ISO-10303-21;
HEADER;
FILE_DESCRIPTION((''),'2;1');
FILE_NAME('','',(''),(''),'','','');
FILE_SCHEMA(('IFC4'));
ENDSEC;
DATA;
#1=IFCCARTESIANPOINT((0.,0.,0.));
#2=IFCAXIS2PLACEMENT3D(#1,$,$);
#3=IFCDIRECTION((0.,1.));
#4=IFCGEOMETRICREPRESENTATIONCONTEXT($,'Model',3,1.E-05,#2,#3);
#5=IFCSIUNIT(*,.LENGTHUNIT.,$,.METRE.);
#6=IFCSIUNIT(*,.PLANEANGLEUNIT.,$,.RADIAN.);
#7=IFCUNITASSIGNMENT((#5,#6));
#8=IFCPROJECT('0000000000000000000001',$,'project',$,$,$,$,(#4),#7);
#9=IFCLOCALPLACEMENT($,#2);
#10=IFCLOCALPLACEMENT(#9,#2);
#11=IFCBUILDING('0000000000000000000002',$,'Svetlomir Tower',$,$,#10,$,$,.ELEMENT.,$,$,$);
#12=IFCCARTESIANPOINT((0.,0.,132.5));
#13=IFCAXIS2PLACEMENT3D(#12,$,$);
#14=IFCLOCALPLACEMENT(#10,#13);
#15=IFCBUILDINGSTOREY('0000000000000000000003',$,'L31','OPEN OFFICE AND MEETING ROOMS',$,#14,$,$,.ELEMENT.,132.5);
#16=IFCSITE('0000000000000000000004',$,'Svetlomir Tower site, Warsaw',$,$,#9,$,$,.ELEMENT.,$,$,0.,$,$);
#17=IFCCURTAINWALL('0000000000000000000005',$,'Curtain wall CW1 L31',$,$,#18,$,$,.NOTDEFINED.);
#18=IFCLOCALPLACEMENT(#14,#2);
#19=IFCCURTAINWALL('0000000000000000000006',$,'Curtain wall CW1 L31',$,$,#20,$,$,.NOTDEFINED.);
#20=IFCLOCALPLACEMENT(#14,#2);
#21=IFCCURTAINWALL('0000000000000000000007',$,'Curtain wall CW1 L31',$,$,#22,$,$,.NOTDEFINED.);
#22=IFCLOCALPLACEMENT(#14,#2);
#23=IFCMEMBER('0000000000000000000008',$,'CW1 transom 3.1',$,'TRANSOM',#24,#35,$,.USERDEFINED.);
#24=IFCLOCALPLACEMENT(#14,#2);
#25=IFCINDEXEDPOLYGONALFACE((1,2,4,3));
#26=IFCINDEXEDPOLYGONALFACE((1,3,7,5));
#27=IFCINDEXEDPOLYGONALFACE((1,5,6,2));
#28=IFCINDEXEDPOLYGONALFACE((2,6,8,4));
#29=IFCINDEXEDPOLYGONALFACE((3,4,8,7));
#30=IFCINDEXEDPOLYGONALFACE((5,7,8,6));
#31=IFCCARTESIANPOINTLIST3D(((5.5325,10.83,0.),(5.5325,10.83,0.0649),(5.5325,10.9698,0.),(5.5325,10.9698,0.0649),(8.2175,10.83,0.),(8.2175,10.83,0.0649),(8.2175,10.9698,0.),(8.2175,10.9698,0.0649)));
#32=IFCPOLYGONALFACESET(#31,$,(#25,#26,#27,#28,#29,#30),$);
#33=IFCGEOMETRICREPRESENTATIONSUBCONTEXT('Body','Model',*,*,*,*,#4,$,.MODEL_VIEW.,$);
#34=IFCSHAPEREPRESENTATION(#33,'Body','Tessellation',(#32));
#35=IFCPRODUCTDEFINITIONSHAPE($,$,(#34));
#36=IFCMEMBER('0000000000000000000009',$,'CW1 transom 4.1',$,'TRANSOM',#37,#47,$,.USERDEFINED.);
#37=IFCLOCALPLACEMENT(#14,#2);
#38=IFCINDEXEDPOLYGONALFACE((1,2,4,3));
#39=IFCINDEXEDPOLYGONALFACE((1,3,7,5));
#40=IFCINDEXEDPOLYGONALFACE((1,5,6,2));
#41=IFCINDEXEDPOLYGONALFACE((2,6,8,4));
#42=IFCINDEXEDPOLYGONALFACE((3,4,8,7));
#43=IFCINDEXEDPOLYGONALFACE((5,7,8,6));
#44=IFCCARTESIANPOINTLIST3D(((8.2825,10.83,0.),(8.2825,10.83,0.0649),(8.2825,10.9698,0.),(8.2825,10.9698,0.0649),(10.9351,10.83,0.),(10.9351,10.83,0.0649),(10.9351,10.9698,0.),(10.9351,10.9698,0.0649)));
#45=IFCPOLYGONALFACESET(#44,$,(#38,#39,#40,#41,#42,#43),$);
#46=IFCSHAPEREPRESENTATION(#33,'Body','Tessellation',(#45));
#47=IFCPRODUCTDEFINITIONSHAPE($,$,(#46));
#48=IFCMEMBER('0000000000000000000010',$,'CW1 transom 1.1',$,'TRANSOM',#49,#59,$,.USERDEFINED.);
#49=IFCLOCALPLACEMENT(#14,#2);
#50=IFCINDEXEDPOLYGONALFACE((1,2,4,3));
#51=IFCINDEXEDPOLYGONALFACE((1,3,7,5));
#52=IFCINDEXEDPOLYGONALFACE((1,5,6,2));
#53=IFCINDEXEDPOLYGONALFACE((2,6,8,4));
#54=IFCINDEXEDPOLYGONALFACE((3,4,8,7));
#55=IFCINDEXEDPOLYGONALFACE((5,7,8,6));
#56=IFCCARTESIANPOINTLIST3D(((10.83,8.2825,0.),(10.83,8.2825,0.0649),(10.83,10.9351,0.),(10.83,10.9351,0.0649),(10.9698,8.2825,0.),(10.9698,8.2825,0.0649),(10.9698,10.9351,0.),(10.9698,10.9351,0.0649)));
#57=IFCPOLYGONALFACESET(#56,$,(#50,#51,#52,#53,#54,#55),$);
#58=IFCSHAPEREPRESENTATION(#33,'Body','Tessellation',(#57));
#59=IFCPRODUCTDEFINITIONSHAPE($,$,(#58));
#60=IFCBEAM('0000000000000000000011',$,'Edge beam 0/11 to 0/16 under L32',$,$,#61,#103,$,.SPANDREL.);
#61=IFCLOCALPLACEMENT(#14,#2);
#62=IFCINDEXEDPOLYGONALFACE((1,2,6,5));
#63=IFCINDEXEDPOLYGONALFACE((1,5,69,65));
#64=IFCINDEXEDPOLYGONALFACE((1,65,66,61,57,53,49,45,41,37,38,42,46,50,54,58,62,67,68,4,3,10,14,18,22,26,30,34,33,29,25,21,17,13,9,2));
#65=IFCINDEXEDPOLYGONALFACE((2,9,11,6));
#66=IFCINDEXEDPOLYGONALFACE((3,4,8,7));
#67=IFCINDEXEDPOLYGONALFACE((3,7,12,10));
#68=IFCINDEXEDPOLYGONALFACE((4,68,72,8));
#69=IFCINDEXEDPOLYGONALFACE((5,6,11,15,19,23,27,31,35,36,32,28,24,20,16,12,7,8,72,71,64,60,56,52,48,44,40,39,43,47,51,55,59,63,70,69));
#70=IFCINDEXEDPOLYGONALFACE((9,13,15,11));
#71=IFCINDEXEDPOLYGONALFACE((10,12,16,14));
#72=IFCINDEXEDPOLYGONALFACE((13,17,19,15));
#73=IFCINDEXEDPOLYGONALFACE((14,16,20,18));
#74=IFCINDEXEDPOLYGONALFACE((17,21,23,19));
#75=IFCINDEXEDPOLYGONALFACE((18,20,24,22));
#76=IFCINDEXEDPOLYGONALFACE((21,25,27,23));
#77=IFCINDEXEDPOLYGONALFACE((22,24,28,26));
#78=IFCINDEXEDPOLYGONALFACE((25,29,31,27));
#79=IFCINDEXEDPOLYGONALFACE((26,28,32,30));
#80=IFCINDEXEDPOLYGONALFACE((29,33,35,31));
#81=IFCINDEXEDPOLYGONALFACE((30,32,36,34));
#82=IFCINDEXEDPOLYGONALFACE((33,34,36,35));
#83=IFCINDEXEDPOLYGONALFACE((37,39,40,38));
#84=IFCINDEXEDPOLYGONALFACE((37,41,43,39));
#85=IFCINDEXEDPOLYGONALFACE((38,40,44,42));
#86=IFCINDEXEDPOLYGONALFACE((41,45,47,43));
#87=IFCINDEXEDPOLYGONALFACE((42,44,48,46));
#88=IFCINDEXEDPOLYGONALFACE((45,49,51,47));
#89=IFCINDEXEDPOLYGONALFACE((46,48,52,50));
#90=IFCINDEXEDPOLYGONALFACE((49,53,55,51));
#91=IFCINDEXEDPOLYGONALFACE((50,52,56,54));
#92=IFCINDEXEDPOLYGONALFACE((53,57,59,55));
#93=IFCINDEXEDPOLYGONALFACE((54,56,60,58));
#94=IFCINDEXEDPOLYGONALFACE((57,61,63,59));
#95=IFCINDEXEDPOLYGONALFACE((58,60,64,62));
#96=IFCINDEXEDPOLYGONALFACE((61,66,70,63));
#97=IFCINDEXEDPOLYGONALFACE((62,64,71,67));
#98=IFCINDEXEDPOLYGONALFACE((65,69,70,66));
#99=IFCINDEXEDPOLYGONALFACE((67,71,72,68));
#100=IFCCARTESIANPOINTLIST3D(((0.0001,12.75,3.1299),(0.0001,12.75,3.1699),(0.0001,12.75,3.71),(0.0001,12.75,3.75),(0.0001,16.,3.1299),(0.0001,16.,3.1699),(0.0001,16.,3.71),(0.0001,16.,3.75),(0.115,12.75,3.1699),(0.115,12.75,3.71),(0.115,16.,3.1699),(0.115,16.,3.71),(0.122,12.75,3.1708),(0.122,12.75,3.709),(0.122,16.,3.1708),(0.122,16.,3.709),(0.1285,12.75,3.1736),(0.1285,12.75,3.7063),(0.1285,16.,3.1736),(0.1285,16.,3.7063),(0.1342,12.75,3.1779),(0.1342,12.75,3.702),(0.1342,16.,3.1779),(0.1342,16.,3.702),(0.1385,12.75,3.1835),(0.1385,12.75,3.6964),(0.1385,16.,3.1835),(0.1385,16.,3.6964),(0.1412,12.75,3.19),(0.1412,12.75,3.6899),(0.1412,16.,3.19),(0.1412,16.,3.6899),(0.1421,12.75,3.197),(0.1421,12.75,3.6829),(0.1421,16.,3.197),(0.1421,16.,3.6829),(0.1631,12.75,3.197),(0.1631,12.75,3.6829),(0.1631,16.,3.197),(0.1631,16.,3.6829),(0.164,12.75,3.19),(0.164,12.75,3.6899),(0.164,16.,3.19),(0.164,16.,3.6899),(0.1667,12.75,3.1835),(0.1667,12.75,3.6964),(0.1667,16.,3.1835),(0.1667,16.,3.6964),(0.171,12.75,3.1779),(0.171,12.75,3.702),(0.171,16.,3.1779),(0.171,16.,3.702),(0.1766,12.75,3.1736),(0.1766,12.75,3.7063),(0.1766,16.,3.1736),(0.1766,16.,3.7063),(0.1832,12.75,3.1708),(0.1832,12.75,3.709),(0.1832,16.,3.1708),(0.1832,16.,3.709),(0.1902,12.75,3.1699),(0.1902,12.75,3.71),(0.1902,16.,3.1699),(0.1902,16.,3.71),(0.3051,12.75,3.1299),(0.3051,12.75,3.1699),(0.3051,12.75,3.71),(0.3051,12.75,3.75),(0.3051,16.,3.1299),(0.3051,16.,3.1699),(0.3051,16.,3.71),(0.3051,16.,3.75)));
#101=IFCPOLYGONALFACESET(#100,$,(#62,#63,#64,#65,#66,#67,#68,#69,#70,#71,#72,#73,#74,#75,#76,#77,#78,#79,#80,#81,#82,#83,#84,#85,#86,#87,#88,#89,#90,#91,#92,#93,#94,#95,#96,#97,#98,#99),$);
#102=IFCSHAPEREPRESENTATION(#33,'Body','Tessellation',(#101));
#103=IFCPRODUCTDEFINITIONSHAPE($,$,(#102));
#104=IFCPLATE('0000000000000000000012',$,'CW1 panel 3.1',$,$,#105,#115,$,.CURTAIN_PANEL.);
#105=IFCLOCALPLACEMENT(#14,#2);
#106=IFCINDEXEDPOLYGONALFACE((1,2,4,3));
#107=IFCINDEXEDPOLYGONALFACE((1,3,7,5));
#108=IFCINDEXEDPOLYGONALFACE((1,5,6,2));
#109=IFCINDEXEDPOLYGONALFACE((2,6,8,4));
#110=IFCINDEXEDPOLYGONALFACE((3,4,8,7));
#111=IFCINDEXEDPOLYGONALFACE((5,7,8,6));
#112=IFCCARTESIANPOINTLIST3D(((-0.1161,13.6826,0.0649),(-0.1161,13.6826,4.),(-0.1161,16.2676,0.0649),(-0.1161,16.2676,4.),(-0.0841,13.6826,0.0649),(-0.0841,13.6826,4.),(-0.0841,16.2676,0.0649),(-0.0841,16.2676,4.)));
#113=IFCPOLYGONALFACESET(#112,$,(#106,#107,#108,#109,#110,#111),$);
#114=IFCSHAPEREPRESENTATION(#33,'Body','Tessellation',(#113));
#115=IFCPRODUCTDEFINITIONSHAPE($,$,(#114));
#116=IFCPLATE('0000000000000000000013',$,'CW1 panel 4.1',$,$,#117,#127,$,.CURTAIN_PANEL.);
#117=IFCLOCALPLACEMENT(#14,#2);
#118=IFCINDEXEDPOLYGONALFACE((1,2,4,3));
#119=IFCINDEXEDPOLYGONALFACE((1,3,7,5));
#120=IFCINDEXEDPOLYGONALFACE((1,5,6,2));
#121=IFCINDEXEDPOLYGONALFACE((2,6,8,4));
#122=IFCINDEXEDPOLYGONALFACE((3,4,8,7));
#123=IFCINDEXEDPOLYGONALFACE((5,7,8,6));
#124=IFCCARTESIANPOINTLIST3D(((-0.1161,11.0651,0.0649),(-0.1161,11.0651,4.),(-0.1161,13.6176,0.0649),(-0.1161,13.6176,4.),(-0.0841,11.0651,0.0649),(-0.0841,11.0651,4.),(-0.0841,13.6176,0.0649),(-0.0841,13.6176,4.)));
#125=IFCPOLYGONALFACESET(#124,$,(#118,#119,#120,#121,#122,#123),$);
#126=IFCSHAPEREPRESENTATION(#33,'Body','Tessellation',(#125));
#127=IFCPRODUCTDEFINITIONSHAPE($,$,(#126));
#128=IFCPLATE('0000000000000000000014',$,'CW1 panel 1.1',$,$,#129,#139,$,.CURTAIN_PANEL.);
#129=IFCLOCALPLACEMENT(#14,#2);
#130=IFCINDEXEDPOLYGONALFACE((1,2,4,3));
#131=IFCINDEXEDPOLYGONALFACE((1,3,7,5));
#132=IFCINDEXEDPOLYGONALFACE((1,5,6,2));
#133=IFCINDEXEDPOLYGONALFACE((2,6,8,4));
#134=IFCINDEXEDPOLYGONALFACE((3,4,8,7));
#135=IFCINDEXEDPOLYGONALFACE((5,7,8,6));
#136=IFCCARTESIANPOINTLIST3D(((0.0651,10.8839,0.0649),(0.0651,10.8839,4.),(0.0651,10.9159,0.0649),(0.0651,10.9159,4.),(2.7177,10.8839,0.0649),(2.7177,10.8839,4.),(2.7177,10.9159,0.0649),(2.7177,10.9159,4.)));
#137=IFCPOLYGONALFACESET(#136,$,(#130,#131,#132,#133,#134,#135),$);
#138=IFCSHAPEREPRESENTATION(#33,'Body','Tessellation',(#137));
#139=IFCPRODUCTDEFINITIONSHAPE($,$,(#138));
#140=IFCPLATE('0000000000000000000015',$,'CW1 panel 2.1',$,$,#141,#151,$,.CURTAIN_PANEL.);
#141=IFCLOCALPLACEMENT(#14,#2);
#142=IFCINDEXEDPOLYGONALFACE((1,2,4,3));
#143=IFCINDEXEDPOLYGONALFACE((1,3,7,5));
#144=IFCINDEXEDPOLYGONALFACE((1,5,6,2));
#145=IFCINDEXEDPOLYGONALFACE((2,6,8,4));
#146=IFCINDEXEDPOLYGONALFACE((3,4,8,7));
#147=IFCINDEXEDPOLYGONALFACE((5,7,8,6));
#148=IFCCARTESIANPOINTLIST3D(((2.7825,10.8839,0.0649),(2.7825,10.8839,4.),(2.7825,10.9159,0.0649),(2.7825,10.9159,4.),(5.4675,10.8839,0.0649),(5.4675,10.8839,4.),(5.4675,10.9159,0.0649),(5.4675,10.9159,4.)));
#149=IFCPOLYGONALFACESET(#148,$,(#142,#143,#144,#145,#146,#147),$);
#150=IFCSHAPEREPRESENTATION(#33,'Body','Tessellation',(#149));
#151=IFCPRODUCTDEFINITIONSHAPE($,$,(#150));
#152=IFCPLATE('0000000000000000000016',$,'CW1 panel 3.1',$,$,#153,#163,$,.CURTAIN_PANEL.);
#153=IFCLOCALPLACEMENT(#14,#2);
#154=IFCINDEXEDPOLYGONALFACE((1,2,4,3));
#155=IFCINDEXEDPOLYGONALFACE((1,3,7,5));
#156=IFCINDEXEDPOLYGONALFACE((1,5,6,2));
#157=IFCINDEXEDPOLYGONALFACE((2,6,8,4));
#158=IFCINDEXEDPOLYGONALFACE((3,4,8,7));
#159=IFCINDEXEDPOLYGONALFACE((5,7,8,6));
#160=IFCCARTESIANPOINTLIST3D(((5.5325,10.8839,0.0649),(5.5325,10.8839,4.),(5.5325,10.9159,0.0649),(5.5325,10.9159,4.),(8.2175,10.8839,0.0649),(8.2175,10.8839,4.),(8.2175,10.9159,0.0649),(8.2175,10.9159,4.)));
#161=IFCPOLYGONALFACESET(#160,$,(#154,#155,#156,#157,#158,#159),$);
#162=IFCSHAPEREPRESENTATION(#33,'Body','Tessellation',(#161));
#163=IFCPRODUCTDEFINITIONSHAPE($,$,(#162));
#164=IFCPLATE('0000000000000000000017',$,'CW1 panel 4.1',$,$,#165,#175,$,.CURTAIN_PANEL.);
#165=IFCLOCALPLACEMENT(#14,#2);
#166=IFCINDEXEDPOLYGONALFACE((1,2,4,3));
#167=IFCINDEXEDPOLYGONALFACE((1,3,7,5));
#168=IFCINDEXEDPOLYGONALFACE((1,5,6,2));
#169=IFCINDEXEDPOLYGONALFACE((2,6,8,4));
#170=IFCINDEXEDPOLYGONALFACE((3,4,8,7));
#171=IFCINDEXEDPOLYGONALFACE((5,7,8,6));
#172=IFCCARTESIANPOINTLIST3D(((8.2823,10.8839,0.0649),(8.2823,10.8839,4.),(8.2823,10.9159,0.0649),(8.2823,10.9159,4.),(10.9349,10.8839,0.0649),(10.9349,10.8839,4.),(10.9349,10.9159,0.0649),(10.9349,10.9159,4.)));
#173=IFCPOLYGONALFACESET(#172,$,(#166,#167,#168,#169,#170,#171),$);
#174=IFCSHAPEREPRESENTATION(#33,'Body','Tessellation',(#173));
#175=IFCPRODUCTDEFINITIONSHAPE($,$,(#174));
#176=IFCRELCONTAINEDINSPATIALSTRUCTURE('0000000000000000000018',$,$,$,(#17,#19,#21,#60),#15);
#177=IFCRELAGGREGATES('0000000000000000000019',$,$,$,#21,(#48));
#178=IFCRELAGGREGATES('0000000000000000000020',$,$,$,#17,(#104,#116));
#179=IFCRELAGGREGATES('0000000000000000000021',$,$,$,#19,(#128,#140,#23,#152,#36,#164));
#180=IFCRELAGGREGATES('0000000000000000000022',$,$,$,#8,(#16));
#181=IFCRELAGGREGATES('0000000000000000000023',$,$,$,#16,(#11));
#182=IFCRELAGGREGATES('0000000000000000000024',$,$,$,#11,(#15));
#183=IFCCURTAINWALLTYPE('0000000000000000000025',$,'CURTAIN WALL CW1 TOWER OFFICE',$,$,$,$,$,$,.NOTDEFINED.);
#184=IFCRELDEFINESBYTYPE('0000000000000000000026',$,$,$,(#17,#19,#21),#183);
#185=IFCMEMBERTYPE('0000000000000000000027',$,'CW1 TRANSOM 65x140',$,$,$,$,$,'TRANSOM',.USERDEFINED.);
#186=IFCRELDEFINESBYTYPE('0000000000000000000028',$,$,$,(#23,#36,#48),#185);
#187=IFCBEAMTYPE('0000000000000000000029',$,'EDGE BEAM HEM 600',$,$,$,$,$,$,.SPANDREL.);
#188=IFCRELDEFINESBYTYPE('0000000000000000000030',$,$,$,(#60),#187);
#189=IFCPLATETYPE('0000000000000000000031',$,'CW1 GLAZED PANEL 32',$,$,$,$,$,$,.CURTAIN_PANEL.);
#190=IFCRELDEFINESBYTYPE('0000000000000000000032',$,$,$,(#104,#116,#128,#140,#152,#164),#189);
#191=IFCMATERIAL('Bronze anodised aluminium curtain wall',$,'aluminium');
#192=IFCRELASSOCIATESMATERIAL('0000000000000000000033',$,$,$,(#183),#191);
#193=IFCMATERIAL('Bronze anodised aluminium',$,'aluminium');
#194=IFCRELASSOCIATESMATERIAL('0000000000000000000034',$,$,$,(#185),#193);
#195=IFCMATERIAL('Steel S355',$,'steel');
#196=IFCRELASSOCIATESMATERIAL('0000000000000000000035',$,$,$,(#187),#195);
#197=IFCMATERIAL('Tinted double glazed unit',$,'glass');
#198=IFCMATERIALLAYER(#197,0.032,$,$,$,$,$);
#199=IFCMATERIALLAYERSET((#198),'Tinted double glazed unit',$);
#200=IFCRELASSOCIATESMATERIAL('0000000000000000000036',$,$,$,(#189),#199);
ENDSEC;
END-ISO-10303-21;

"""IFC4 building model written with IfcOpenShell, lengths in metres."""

from ifc_helpers import new_model, si_unit, direction, frame, origin, origin_2d, place, context, subcontext, project, spatial, rectangle, i_section, extrude, material, layer, layer_set, material_profile, profile_set, type_object, element, aggregate, save


model = new_model("IFC4")

# Units and contexts
model_context = context("Model", 3, precision=1e-05, world=origin(), true_north=direction((0.0, 1.0)))
body_context = subcontext(model_context, "Body", "Model", "MODEL_VIEW")
ifc_project = project(units=[si_unit("LENGTHUNIT", "METRE"), si_unit("PLANEANGLEUNIT", "RADIAN")], contexts=[model_context])

# Site, building, storey
site_placement = place(None, origin())
site = spatial("IfcSite", under=ifc_project, at=site_placement, Name="Svetlomir Tower site, Warsaw", CompositionType="ELEMENT", RefElevation=0.0)
building_placement = place(site_placement, origin())
building = spatial("IfcBuilding", under=site, at=building_placement, Name="Svetlomir Tower", CompositionType="ELEMENT")
storey_placement = place(building_placement, frame((0.0, 0.0, 132.5)))
storey = spatial("IfcBuildingStorey", under=building, at=storey_placement, Name="L31", Description="OPEN OFFICE AND MEETING ROOMS", CompositionType="ELEMENT", Elevation=132.5)

# Curtain walls
ifc_material_1 = material(Name="Bronze anodised aluminium curtain wall", Category="aluminium")
curtain_wall_type = type_object("IfcCurtainWallType", Name="CURTAIN WALL CW1 TOWER OFFICE", PredefinedType="NOTDEFINED", material=ifc_material_1)
curtain_wall_1_placement = place(storey_placement, origin())
curtain_wall_1 = element("IfcCurtainWall", 1, at=curtain_wall_1_placement, inside=storey, type_object=curtain_wall_type, Name="Curtain wall CW1 L31", PredefinedType="NOTDEFINED")
curtain_wall_2_placement = place(storey_placement, origin())
curtain_wall_2 = element("IfcCurtainWall", 2, at=curtain_wall_2_placement, inside=storey, type_object=curtain_wall_type, Name="Curtain wall CW1 L31", PredefinedType="NOTDEFINED")

# Curtain wall
curtain_wall_3_placement = place(storey_placement, origin())
curtain_wall_3 = element("IfcCurtainWall", 3, at=curtain_wall_3_placement, inside=storey, type_object=curtain_wall_type, Name="Curtain wall CW1 L31", PredefinedType="NOTDEFINED")

# Members
ifc_material_2 = material(Name="Bronze anodised aluminium", Category="aluminium")
ifc_material_profile_1 = material_profile(ifc_material_2, rectangle(XDim=0.1399, YDim=0.0649, at=origin_2d()), Name="AL 140x65")
ifc_profile_set_1 = profile_set([ifc_material_profile_1], Name="Bronze anodised aluminium 6063-T6")
member_type_1 = type_object("IfcMemberType", Name="CW1 TRANSOM 65x140", ElementType="TRANSOM", PredefinedType="USERDEFINED", material=ifc_profile_set_1)
member_1_placement = place(storey_placement, frame((5.5325, 10.8999, 0.0325), z_axis=(1.0, 0.0, 0.0), x_axis=(0.0, 1.0, 0.0)))
member_1 = element("IfcMember", 4, at=member_1_placement, type_object=member_type_1, Name="CW1 transom 3.1", ObjectType="TRANSOM", PredefinedType="USERDEFINED", context=body_context, shape_type="SweptSolid", body=[
    extrude(rectangle(XDim=0.1399, YDim=0.0649, at=origin_2d()), origin(), (0.0, 0.0, 1.0), 2.6851),
])
member_2_placement = place(storey_placement, frame((8.2825, 10.8999, 0.0325), z_axis=(1.0, 0.0, 0.0), x_axis=(0.0, 1.0, 0.0)))
member_2 = element("IfcMember", 5, at=member_2_placement, type_object=member_type_1, Name="CW1 transom 4.1", ObjectType="TRANSOM", PredefinedType="USERDEFINED", context=body_context, shape_type="SweptSolid", body=[
    extrude(rectangle(XDim=0.1399, YDim=0.0649, at=origin_2d()), origin(), (0.0, 0.0, 1.0), 2.6526),
])
member_3_placement = place(storey_placement, frame((10.8999, 10.9351, 0.0325), z_axis=(0.0, -1.0, 0.0), x_axis=(1.0, 0.0, 0.0)))
member_3 = element("IfcMember", 6, at=member_3_placement, type_object=member_type_1, Name="CW1 transom 1.1", ObjectType="TRANSOM", PredefinedType="USERDEFINED", context=body_context, shape_type="SweptSolid", body=[
    extrude(rectangle(XDim=0.1399, YDim=0.0649, at=origin_2d()), origin(), (0.0, 0.0, 1.0), 2.6526),
])
aggregate(curtain_wall_3, [member_3])

# Beam
ifc_material_3 = material(Name="Steel S355", Category="steel")
ifc_material_profile_2 = material_profile(ifc_material_3, i_section(OverallWidth=0.3049, OverallDepth=0.6201, WebThickness=0.021, FlangeThickness=0.04, FilletRadius=0.0271, at=origin_2d()), Name="HEM 600")
ifc_profile_set_2 = profile_set([ifc_material_profile_2], Name="Steel S355")
beam_type = type_object("IfcBeamType", Name="EDGE BEAM HEM 600", PredefinedType="SPANDREL", material=ifc_profile_set_2)
beam_placement = place(storey_placement, frame((0.1526, 12.75, 3.4399), z_axis=(0.0, 1.0, 0.0), x_axis=(-1.0, 0.0, 0.0)))
element("IfcBeam", 7, at=beam_placement, inside=storey, type_object=beam_type, Name="Edge beam 0/11 to 0/16 under L32", PredefinedType="SPANDREL", context=body_context, shape_type="SweptSolid", body=[
    extrude(i_section(OverallWidth=0.3049, OverallDepth=0.6201, WebThickness=0.021, FlangeThickness=0.04, FilletRadius=0.0271, at=origin_2d()), origin(), (0.0, 0.0, 1.0), 3.25),
])

# Plates
ifc_material_4 = material(Name="Tinted double glazed unit", Category="glass")
ifc_layer_1 = layer(ifc_material_4, 0.032)
ifc_layer_set_1 = layer_set([ifc_layer_1], Name="Tinted double glazed unit")
plate_type = type_object("IfcPlateType", Name="CW1 GLAZED PANEL 32", PredefinedType="CURTAIN_PANEL", material=ifc_layer_set_1)
plate_1_placement = place(storey_placement, frame((-0.1001, 14.9751, 0.0649), z_axis=(0.0, 0.0, 1.0), x_axis=(0.0, -1.0, 0.0)))
plate_1 = element("IfcPlate", 8, at=plate_1_placement, type_object=plate_type, Name="CW1 panel 3.1", PredefinedType="CURTAIN_PANEL", context=body_context, shape_type="SweptSolid", body=[
    extrude(rectangle(XDim=2.585, YDim=0.032, at=origin_2d()), origin(), (0.0, 0.0, 1.0), 3.9351),
])
plate_2_placement = place(storey_placement, frame((-0.1001, 12.3413, 0.0649), z_axis=(0.0, 0.0, 1.0), x_axis=(0.0, -1.0, 0.0)))
plate_2 = element("IfcPlate", 9, at=plate_2_placement, type_object=plate_type, Name="CW1 panel 4.1", PredefinedType="CURTAIN_PANEL", context=body_context, shape_type="SweptSolid", body=[
    extrude(rectangle(XDim=2.5525, YDim=0.032, at=origin_2d()), origin(), (0.0, 0.0, 1.0), 3.9351),
])
aggregate(curtain_wall_1, [plate_1, plate_2])
plate_3_placement = place(storey_placement, frame((1.3914, 10.8999, 0.0649), z_axis=(0.0, 0.0, 1.0), x_axis=(1.0, 0.0, 0.0)))
plate_3 = element("IfcPlate", 10, at=plate_3_placement, type_object=plate_type, Name="CW1 panel 1.1", PredefinedType="CURTAIN_PANEL", context=body_context, shape_type="SweptSolid", body=[
    extrude(rectangle(XDim=2.6526, YDim=0.032, at=origin_2d()), origin(), (0.0, 0.0, 1.0), 3.9351),
])
plate_4_placement = place(storey_placement, frame((4.125, 10.8999, 0.0649), z_axis=(0.0, 0.0, 1.0), x_axis=(1.0, 0.0, 0.0)))
plate_4 = element("IfcPlate", 11, at=plate_4_placement, type_object=plate_type, Name="CW1 panel 2.1", PredefinedType="CURTAIN_PANEL", context=body_context, shape_type="SweptSolid", body=[
    extrude(rectangle(XDim=2.6851, YDim=0.032, at=origin_2d()), origin(), (0.0, 0.0, 1.0), 3.9351),
])
plate_5_placement = place(storey_placement, frame((6.875, 10.8999, 0.0649), z_axis=(0.0, 0.0, 1.0), x_axis=(1.0, 0.0, 0.0)))
plate_5 = element("IfcPlate", 12, at=plate_5_placement, type_object=plate_type, Name="CW1 panel 3.1", PredefinedType="CURTAIN_PANEL", context=body_context, shape_type="SweptSolid", body=[
    extrude(rectangle(XDim=2.6851, YDim=0.032, at=origin_2d()), origin(), (0.0, 0.0, 1.0), 3.9351),
])
plate_6_placement = place(storey_placement, frame((9.6086, 10.8999, 0.0649), z_axis=(0.0, 0.0, 1.0), x_axis=(1.0, 0.0, 0.0)))
plate_6 = element("IfcPlate", 13, at=plate_6_placement, type_object=plate_type, Name="CW1 panel 4.1", PredefinedType="CURTAIN_PANEL", context=body_context, shape_type="SweptSolid", body=[
    extrude(rectangle(XDim=2.6526, YDim=0.032, at=origin_2d()), origin(), (0.0, 0.0, 1.0), 3.9351),
])
aggregate(curtain_wall_2, [plate_3, plate_4, member_1, plate_5, member_2, plate_6])

save(model, "model.ifc")
